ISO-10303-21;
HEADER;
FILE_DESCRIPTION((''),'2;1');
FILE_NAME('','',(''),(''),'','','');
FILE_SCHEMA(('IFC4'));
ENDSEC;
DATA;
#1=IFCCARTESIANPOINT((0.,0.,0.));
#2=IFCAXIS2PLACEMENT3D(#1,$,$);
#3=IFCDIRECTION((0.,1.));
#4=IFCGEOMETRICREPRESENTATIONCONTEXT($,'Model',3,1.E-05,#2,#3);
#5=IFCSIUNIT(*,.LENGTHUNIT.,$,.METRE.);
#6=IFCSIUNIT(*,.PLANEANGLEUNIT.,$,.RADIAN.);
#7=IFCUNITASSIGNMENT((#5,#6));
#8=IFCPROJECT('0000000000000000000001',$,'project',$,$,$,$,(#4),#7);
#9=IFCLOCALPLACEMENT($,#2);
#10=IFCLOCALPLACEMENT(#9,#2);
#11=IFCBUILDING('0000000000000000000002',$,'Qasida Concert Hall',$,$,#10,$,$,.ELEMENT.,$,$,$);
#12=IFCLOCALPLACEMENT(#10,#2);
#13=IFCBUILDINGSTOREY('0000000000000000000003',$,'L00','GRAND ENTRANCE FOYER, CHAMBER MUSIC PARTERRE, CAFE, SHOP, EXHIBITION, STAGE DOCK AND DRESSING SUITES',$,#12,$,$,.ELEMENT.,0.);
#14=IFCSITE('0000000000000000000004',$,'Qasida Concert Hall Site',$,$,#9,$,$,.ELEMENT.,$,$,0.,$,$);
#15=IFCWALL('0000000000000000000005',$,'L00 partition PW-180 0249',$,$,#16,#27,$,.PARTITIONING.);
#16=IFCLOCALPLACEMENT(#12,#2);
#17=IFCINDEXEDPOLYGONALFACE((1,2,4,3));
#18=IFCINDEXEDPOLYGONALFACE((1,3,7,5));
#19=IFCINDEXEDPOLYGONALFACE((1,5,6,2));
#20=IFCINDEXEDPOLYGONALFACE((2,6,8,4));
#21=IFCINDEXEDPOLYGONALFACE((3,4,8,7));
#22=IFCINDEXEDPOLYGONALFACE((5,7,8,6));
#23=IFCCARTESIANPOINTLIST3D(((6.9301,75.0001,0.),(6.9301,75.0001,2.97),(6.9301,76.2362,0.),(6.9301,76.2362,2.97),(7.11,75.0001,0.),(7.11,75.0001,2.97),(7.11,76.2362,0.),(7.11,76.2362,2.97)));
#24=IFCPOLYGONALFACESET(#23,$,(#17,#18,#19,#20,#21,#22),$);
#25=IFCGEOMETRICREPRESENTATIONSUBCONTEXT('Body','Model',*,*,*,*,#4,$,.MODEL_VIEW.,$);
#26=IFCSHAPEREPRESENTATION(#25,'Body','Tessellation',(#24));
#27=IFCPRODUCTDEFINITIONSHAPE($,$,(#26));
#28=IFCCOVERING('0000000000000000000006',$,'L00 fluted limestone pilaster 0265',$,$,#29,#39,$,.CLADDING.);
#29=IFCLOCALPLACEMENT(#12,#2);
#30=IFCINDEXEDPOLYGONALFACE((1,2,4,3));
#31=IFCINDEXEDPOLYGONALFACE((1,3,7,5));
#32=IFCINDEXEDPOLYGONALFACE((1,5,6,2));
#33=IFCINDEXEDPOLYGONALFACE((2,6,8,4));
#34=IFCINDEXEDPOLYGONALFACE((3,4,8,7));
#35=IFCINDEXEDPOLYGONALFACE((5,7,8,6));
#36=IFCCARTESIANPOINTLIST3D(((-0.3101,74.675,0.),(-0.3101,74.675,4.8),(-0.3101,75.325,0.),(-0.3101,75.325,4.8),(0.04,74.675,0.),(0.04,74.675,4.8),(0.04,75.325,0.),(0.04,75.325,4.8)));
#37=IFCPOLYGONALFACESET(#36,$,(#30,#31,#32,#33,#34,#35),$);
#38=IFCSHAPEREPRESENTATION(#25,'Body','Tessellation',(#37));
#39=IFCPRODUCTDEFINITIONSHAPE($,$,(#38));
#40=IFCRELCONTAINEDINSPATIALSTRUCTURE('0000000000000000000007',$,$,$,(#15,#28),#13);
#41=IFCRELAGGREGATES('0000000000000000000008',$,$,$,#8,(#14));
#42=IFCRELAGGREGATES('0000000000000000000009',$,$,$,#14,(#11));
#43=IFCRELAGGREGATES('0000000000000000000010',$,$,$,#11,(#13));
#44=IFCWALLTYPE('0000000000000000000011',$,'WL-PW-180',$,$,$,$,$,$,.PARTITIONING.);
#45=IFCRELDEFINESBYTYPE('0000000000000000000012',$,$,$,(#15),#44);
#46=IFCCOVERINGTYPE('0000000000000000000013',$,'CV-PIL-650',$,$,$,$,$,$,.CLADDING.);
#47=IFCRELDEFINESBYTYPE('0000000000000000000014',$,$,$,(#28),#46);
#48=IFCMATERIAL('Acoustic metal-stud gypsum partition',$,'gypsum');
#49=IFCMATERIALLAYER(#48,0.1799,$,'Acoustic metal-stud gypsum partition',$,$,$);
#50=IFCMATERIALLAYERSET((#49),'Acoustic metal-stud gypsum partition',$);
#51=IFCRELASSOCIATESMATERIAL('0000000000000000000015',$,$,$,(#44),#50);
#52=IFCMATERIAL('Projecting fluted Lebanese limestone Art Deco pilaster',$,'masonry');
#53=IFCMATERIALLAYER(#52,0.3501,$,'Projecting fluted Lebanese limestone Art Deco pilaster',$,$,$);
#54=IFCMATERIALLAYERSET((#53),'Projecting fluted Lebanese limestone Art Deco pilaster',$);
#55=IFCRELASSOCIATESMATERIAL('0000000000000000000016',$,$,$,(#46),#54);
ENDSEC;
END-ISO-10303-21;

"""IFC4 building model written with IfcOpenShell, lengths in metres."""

from ifc_helpers import new_model, si_unit, direction, frame, frame_2d, origin, origin_2d, place, context, subcontext, project, spatial, rectangle, extrude, material, layer, layer_set, type_object, element, save


model = new_model("IFC4")

# Units and contexts
model_context = context("Model", 3, precision=1e-05, world=origin(), true_north=direction((0.0, 1.0)))
body_context = subcontext(model_context, "Body", "Model", "MODEL_VIEW")
ifc_project = project(units=[si_unit("LENGTHUNIT", "METRE"), si_unit("PLANEANGLEUNIT", "RADIAN")], contexts=[model_context])

# Site, building, storey
site_placement = place(None, origin())
site = spatial("IfcSite", under=ifc_project, at=site_placement, Name="Qasida Concert Hall Site", CompositionType="ELEMENT", RefElevation=0.0)
building_placement = place(site_placement, origin())
building = spatial("IfcBuilding", under=site, at=building_placement, Name="Qasida Concert Hall", CompositionType="ELEMENT")
storey_placement = place(building_placement, origin())
storey = spatial("IfcBuildingStorey", under=building, at=storey_placement, Name="L00", Description="GRAND ENTRANCE FOYER, CHAMBER MUSIC PARTERRE, CAFE, SHOP, EXHIBITION, STAGE DOCK AND DRESSING SUITES", CompositionType="ELEMENT", Elevation=0.0)

# Wall
ifc_material_1 = material(Name="Acoustic metal-stud gypsum partition", Category="gypsum")
ifc_layer_1 = layer(ifc_material_1, 0.1799, Name="Acoustic metal-stud gypsum partition")
ifc_layer_set_1 = layer_set([ifc_layer_1], Name="Acoustic metal-stud gypsum partition")
wall_type_1 = type_object("IfcWallType", Name="WL-PW-180", PredefinedType="PARTITIONING", material=ifc_layer_set_1)
wall_1_placement = place(storey_placement, frame((7.02, 75.0, 0.0), z_axis=(0.0, 0.0, 1.0), x_axis=(0.0, 1.0, 0.0)))
element("IfcWall", 1, at=wall_1_placement, inside=storey, type_object=wall_type_1, Name="L00 partition PW-180 0249", PredefinedType="PARTITIONING", context=body_context, shape_type="SweptSolid", body=[
    extrude(rectangle(XDim=1.2361, YDim=0.1799, at=frame_2d((0.6182, 0.0))), origin(), (0.0, 0.0, 1.0), 2.97),
])

# Covering
ifc_material_2 = material(Name="Projecting fluted Lebanese limestone Art Deco pilaster", Category="masonry")
ifc_layer_2 = layer(ifc_material_2, 0.3501, Name="Projecting fluted Lebanese limestone Art Deco pilaster")
ifc_layer_set_2 = layer_set([ifc_layer_2], Name="Projecting fluted Lebanese limestone Art Deco pilaster")
covering_type = type_object("IfcCoveringType", Name="CV-PIL-650", PredefinedType="CLADDING", material=ifc_layer_set_2)
covering_placement = place(storey_placement, frame((-0.135, 75.0, 0.0), z_axis=(0.0, 0.0, 1.0), x_axis=(1.0, 0.0, 0.0)))
element("IfcCovering", 2, at=covering_placement, inside=storey, type_object=covering_type, Name="L00 fluted limestone pilaster 0265", PredefinedType="CLADDING", context=body_context, shape_type="SweptSolid", body=[
    extrude(rectangle(XDim=0.3501, YDim=0.6499, at=origin_2d()), origin(), (0.0, 0.0, 1.0), 4.8),
])

save(model, "model.ifc")
